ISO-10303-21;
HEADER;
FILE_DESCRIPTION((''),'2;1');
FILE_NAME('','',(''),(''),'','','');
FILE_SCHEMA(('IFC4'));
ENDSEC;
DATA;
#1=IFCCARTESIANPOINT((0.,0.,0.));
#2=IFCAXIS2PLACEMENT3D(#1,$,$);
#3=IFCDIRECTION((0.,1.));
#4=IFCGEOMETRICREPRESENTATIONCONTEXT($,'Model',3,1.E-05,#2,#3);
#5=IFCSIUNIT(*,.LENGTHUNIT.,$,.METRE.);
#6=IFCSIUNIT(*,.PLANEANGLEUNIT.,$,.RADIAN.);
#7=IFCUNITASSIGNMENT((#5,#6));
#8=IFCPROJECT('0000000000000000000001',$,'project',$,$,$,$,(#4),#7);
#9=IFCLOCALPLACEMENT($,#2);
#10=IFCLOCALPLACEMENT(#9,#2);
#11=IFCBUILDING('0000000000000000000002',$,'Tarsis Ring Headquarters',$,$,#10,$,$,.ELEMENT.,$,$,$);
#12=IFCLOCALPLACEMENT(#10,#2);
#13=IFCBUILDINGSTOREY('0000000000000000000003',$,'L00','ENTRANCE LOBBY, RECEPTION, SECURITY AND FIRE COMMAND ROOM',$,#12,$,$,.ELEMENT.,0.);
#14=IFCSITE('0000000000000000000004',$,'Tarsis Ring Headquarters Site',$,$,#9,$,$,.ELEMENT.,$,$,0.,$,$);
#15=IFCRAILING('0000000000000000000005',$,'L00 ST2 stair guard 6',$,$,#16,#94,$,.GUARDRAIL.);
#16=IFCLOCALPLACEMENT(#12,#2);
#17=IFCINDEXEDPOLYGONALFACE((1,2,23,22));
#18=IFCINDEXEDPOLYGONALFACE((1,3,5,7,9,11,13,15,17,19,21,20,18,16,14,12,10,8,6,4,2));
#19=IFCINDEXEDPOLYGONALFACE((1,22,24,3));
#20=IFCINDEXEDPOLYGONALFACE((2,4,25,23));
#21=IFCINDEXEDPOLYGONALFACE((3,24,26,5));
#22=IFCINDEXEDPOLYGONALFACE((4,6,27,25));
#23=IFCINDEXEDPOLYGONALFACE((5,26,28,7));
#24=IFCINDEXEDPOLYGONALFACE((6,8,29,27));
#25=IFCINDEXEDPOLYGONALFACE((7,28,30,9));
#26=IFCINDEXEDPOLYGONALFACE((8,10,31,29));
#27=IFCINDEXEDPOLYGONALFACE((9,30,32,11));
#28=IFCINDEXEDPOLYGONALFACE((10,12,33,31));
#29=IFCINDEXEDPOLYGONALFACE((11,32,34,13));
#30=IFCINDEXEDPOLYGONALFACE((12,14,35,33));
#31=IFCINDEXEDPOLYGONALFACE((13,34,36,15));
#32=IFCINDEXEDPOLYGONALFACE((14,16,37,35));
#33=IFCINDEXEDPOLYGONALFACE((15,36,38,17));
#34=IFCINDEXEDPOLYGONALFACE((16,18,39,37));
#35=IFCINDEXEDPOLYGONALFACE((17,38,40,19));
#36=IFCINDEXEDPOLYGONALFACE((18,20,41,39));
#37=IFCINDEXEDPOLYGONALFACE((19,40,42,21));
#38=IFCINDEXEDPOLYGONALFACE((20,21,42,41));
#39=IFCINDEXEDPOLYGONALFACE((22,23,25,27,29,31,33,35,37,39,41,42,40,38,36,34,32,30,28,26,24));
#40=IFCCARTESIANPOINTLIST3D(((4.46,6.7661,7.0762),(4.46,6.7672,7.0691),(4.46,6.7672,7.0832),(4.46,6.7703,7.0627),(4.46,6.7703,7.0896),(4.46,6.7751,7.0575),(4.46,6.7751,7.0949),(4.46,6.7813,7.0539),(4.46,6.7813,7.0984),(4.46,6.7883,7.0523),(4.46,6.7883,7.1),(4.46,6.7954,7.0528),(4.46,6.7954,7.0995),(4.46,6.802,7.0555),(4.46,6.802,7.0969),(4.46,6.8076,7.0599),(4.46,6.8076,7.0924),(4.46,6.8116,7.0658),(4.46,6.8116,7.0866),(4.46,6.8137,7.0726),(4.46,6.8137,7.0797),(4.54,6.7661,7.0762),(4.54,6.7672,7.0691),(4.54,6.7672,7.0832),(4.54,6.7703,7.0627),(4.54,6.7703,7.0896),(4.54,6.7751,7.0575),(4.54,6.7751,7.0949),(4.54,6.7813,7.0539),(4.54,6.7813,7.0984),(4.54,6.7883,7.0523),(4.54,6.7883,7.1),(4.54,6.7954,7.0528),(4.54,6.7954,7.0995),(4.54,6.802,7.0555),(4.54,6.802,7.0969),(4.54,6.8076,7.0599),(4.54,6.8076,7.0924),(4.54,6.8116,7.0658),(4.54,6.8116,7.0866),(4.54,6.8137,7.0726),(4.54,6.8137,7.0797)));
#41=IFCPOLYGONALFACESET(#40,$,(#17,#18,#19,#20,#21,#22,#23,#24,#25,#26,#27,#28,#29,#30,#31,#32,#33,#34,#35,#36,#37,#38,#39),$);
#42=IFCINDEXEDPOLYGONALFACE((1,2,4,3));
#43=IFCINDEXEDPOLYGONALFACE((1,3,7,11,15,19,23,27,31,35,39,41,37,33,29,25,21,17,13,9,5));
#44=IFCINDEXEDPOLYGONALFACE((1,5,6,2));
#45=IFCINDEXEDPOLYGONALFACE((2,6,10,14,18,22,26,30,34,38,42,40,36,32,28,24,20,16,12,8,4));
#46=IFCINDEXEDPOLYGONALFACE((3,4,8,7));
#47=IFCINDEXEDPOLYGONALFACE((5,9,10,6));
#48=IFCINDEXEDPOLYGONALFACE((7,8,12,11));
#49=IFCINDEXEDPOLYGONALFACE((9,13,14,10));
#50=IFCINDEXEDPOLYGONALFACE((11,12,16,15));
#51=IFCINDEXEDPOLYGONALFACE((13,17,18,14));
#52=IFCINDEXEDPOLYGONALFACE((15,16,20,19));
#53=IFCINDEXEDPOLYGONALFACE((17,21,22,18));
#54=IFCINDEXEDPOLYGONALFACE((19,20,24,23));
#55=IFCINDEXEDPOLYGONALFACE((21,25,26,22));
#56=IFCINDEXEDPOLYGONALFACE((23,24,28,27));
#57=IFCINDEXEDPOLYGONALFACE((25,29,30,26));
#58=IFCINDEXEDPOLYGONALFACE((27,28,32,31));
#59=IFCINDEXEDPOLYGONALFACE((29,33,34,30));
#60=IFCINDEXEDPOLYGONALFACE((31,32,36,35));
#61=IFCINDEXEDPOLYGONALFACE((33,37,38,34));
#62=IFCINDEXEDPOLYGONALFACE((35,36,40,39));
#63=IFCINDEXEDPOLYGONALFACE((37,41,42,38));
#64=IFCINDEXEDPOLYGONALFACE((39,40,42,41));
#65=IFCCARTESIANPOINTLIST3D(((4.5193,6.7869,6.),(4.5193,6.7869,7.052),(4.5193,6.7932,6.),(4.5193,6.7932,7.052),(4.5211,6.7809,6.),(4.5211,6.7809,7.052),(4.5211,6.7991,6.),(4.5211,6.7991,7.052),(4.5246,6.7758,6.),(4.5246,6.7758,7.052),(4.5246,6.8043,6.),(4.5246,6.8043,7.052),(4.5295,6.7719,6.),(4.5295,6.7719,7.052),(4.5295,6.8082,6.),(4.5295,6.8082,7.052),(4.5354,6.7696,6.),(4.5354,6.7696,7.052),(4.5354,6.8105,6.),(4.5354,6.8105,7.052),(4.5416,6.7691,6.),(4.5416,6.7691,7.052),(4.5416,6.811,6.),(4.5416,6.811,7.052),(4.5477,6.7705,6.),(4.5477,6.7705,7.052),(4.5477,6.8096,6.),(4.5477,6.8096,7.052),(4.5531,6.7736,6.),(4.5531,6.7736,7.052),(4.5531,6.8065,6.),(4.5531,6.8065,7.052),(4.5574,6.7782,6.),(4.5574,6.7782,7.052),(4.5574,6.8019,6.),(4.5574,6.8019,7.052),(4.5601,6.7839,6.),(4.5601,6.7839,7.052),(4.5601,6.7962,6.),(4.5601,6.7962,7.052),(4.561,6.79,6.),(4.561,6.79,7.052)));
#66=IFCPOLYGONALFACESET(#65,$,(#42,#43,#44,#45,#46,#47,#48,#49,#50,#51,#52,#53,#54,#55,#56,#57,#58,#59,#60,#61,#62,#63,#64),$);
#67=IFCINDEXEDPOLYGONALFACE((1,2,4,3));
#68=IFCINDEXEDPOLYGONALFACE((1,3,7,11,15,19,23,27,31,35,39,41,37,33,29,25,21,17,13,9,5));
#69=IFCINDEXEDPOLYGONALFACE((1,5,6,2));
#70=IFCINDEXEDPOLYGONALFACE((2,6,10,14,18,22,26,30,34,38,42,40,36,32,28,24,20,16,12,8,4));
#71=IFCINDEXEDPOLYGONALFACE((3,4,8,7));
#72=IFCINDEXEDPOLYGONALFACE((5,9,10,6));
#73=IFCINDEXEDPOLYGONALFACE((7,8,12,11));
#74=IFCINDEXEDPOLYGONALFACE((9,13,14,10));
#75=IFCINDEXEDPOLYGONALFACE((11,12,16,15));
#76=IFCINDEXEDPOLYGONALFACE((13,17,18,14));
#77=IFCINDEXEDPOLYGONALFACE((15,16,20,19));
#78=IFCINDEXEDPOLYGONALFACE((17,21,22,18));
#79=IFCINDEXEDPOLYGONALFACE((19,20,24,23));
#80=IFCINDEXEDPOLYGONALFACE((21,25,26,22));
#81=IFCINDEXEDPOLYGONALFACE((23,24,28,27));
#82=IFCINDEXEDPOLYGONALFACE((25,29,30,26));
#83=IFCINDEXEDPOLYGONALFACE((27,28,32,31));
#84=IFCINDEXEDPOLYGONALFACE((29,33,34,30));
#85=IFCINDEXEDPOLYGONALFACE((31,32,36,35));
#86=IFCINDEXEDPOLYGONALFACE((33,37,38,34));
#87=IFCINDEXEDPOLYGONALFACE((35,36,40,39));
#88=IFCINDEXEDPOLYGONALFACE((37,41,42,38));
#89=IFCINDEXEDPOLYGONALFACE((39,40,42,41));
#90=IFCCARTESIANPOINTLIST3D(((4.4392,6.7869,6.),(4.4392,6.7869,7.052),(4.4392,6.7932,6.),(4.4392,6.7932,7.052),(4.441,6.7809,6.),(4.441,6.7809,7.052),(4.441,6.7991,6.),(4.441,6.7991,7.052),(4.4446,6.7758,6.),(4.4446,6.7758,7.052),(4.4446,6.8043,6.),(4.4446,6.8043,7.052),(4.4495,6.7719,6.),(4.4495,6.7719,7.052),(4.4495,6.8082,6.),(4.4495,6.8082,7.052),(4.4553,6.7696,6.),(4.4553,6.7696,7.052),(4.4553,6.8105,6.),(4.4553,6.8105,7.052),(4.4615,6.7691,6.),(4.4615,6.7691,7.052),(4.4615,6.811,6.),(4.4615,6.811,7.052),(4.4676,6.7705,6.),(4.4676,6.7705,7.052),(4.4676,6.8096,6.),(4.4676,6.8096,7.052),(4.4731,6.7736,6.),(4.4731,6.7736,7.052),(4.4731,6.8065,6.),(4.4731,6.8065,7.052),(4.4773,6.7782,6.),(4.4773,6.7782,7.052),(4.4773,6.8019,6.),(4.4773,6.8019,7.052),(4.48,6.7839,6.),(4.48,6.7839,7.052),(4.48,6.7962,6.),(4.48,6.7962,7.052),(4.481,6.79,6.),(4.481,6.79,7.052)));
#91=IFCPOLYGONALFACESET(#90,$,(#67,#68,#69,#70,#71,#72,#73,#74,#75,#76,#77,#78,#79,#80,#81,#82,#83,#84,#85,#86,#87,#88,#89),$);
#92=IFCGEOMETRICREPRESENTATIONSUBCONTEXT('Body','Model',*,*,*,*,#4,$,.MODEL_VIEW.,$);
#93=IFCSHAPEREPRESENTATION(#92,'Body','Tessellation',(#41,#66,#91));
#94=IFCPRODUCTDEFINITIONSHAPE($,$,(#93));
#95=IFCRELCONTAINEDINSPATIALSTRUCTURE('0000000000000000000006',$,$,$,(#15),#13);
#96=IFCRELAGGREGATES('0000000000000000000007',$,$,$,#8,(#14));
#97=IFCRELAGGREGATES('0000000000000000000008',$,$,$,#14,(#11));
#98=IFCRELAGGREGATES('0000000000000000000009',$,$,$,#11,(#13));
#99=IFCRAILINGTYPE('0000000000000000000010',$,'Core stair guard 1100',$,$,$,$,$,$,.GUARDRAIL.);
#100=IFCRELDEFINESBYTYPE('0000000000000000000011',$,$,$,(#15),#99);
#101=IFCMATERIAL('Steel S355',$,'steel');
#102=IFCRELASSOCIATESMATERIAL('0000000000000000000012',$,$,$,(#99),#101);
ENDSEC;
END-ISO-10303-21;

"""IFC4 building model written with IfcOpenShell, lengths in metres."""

from ifc_helpers import new_model, si_unit, direction, frame, origin, origin_2d, place, context, subcontext, project, spatial, circle, extrude, material, type_object, element, save


model = new_model("IFC4")

# Units and contexts
model_context = context("Model", 3, precision=1e-05, world=origin(), true_north=direction((0.0, 1.0)))
body_context = subcontext(model_context, "Body", "Model", "MODEL_VIEW")
ifc_project = project(units=[si_unit("LENGTHUNIT", "METRE"), si_unit("PLANEANGLEUNIT", "RADIAN")], contexts=[model_context])

# Site, building, storey
site_placement = place(None, origin())
site = spatial("IfcSite", under=ifc_project, at=site_placement, Name="Tarsis Ring Headquarters Site", CompositionType="ELEMENT", RefElevation=0.0)
building_placement = place(site_placement, origin())
building = spatial("IfcBuilding", under=site, at=building_placement, Name="Tarsis Ring Headquarters", CompositionType="ELEMENT")
storey_placement = place(building_placement, origin())
storey = spatial("IfcBuildingStorey", under=building, at=storey_placement, Name="L00", Description="ENTRANCE LOBBY, RECEPTION, SECURITY AND FIRE COMMAND ROOM", CompositionType="ELEMENT", Elevation=0.0)

# Railing
ifc_material_1 = material(Name="Steel S355", Category="steel")
railing_type = type_object("IfcRailingType", Name="Core stair guard 1100", PredefinedType="GUARDRAIL", material=ifc_material_1)
for number, where, name in (
    (1, (4.54, 6.79, 6.0), "L00 ST2 stair guard 6"),
):
    element("IfcRailing", number, at=place(storey_placement, frame(where)), inside=storey, type_object=railing_type, Name=name, PredefinedType="GUARDRAIL", context=body_context, shape_type="SweptSolid", body=[
        extrude(circle(Radius=0.0239, at=origin_2d()), frame((0.0, 0.0, 1.0762), z_axis=(-1.0, 0.0, 0.0), x_axis=(0.0, -1.0, 0.0)), (0.0, 0.0, 1.0), 0.0801),
        extrude(circle(Radius=0.021, at=origin_2d()), origin(), (0.0, 0.0, 1.0), 1.052),
        extrude(circle(Radius=0.021, at=origin_2d()), frame((-0.0801, 0.0, 0.0)), (0.0, 0.0, 1.0), 1.052),
    ])

save(model, "model.ifc")
